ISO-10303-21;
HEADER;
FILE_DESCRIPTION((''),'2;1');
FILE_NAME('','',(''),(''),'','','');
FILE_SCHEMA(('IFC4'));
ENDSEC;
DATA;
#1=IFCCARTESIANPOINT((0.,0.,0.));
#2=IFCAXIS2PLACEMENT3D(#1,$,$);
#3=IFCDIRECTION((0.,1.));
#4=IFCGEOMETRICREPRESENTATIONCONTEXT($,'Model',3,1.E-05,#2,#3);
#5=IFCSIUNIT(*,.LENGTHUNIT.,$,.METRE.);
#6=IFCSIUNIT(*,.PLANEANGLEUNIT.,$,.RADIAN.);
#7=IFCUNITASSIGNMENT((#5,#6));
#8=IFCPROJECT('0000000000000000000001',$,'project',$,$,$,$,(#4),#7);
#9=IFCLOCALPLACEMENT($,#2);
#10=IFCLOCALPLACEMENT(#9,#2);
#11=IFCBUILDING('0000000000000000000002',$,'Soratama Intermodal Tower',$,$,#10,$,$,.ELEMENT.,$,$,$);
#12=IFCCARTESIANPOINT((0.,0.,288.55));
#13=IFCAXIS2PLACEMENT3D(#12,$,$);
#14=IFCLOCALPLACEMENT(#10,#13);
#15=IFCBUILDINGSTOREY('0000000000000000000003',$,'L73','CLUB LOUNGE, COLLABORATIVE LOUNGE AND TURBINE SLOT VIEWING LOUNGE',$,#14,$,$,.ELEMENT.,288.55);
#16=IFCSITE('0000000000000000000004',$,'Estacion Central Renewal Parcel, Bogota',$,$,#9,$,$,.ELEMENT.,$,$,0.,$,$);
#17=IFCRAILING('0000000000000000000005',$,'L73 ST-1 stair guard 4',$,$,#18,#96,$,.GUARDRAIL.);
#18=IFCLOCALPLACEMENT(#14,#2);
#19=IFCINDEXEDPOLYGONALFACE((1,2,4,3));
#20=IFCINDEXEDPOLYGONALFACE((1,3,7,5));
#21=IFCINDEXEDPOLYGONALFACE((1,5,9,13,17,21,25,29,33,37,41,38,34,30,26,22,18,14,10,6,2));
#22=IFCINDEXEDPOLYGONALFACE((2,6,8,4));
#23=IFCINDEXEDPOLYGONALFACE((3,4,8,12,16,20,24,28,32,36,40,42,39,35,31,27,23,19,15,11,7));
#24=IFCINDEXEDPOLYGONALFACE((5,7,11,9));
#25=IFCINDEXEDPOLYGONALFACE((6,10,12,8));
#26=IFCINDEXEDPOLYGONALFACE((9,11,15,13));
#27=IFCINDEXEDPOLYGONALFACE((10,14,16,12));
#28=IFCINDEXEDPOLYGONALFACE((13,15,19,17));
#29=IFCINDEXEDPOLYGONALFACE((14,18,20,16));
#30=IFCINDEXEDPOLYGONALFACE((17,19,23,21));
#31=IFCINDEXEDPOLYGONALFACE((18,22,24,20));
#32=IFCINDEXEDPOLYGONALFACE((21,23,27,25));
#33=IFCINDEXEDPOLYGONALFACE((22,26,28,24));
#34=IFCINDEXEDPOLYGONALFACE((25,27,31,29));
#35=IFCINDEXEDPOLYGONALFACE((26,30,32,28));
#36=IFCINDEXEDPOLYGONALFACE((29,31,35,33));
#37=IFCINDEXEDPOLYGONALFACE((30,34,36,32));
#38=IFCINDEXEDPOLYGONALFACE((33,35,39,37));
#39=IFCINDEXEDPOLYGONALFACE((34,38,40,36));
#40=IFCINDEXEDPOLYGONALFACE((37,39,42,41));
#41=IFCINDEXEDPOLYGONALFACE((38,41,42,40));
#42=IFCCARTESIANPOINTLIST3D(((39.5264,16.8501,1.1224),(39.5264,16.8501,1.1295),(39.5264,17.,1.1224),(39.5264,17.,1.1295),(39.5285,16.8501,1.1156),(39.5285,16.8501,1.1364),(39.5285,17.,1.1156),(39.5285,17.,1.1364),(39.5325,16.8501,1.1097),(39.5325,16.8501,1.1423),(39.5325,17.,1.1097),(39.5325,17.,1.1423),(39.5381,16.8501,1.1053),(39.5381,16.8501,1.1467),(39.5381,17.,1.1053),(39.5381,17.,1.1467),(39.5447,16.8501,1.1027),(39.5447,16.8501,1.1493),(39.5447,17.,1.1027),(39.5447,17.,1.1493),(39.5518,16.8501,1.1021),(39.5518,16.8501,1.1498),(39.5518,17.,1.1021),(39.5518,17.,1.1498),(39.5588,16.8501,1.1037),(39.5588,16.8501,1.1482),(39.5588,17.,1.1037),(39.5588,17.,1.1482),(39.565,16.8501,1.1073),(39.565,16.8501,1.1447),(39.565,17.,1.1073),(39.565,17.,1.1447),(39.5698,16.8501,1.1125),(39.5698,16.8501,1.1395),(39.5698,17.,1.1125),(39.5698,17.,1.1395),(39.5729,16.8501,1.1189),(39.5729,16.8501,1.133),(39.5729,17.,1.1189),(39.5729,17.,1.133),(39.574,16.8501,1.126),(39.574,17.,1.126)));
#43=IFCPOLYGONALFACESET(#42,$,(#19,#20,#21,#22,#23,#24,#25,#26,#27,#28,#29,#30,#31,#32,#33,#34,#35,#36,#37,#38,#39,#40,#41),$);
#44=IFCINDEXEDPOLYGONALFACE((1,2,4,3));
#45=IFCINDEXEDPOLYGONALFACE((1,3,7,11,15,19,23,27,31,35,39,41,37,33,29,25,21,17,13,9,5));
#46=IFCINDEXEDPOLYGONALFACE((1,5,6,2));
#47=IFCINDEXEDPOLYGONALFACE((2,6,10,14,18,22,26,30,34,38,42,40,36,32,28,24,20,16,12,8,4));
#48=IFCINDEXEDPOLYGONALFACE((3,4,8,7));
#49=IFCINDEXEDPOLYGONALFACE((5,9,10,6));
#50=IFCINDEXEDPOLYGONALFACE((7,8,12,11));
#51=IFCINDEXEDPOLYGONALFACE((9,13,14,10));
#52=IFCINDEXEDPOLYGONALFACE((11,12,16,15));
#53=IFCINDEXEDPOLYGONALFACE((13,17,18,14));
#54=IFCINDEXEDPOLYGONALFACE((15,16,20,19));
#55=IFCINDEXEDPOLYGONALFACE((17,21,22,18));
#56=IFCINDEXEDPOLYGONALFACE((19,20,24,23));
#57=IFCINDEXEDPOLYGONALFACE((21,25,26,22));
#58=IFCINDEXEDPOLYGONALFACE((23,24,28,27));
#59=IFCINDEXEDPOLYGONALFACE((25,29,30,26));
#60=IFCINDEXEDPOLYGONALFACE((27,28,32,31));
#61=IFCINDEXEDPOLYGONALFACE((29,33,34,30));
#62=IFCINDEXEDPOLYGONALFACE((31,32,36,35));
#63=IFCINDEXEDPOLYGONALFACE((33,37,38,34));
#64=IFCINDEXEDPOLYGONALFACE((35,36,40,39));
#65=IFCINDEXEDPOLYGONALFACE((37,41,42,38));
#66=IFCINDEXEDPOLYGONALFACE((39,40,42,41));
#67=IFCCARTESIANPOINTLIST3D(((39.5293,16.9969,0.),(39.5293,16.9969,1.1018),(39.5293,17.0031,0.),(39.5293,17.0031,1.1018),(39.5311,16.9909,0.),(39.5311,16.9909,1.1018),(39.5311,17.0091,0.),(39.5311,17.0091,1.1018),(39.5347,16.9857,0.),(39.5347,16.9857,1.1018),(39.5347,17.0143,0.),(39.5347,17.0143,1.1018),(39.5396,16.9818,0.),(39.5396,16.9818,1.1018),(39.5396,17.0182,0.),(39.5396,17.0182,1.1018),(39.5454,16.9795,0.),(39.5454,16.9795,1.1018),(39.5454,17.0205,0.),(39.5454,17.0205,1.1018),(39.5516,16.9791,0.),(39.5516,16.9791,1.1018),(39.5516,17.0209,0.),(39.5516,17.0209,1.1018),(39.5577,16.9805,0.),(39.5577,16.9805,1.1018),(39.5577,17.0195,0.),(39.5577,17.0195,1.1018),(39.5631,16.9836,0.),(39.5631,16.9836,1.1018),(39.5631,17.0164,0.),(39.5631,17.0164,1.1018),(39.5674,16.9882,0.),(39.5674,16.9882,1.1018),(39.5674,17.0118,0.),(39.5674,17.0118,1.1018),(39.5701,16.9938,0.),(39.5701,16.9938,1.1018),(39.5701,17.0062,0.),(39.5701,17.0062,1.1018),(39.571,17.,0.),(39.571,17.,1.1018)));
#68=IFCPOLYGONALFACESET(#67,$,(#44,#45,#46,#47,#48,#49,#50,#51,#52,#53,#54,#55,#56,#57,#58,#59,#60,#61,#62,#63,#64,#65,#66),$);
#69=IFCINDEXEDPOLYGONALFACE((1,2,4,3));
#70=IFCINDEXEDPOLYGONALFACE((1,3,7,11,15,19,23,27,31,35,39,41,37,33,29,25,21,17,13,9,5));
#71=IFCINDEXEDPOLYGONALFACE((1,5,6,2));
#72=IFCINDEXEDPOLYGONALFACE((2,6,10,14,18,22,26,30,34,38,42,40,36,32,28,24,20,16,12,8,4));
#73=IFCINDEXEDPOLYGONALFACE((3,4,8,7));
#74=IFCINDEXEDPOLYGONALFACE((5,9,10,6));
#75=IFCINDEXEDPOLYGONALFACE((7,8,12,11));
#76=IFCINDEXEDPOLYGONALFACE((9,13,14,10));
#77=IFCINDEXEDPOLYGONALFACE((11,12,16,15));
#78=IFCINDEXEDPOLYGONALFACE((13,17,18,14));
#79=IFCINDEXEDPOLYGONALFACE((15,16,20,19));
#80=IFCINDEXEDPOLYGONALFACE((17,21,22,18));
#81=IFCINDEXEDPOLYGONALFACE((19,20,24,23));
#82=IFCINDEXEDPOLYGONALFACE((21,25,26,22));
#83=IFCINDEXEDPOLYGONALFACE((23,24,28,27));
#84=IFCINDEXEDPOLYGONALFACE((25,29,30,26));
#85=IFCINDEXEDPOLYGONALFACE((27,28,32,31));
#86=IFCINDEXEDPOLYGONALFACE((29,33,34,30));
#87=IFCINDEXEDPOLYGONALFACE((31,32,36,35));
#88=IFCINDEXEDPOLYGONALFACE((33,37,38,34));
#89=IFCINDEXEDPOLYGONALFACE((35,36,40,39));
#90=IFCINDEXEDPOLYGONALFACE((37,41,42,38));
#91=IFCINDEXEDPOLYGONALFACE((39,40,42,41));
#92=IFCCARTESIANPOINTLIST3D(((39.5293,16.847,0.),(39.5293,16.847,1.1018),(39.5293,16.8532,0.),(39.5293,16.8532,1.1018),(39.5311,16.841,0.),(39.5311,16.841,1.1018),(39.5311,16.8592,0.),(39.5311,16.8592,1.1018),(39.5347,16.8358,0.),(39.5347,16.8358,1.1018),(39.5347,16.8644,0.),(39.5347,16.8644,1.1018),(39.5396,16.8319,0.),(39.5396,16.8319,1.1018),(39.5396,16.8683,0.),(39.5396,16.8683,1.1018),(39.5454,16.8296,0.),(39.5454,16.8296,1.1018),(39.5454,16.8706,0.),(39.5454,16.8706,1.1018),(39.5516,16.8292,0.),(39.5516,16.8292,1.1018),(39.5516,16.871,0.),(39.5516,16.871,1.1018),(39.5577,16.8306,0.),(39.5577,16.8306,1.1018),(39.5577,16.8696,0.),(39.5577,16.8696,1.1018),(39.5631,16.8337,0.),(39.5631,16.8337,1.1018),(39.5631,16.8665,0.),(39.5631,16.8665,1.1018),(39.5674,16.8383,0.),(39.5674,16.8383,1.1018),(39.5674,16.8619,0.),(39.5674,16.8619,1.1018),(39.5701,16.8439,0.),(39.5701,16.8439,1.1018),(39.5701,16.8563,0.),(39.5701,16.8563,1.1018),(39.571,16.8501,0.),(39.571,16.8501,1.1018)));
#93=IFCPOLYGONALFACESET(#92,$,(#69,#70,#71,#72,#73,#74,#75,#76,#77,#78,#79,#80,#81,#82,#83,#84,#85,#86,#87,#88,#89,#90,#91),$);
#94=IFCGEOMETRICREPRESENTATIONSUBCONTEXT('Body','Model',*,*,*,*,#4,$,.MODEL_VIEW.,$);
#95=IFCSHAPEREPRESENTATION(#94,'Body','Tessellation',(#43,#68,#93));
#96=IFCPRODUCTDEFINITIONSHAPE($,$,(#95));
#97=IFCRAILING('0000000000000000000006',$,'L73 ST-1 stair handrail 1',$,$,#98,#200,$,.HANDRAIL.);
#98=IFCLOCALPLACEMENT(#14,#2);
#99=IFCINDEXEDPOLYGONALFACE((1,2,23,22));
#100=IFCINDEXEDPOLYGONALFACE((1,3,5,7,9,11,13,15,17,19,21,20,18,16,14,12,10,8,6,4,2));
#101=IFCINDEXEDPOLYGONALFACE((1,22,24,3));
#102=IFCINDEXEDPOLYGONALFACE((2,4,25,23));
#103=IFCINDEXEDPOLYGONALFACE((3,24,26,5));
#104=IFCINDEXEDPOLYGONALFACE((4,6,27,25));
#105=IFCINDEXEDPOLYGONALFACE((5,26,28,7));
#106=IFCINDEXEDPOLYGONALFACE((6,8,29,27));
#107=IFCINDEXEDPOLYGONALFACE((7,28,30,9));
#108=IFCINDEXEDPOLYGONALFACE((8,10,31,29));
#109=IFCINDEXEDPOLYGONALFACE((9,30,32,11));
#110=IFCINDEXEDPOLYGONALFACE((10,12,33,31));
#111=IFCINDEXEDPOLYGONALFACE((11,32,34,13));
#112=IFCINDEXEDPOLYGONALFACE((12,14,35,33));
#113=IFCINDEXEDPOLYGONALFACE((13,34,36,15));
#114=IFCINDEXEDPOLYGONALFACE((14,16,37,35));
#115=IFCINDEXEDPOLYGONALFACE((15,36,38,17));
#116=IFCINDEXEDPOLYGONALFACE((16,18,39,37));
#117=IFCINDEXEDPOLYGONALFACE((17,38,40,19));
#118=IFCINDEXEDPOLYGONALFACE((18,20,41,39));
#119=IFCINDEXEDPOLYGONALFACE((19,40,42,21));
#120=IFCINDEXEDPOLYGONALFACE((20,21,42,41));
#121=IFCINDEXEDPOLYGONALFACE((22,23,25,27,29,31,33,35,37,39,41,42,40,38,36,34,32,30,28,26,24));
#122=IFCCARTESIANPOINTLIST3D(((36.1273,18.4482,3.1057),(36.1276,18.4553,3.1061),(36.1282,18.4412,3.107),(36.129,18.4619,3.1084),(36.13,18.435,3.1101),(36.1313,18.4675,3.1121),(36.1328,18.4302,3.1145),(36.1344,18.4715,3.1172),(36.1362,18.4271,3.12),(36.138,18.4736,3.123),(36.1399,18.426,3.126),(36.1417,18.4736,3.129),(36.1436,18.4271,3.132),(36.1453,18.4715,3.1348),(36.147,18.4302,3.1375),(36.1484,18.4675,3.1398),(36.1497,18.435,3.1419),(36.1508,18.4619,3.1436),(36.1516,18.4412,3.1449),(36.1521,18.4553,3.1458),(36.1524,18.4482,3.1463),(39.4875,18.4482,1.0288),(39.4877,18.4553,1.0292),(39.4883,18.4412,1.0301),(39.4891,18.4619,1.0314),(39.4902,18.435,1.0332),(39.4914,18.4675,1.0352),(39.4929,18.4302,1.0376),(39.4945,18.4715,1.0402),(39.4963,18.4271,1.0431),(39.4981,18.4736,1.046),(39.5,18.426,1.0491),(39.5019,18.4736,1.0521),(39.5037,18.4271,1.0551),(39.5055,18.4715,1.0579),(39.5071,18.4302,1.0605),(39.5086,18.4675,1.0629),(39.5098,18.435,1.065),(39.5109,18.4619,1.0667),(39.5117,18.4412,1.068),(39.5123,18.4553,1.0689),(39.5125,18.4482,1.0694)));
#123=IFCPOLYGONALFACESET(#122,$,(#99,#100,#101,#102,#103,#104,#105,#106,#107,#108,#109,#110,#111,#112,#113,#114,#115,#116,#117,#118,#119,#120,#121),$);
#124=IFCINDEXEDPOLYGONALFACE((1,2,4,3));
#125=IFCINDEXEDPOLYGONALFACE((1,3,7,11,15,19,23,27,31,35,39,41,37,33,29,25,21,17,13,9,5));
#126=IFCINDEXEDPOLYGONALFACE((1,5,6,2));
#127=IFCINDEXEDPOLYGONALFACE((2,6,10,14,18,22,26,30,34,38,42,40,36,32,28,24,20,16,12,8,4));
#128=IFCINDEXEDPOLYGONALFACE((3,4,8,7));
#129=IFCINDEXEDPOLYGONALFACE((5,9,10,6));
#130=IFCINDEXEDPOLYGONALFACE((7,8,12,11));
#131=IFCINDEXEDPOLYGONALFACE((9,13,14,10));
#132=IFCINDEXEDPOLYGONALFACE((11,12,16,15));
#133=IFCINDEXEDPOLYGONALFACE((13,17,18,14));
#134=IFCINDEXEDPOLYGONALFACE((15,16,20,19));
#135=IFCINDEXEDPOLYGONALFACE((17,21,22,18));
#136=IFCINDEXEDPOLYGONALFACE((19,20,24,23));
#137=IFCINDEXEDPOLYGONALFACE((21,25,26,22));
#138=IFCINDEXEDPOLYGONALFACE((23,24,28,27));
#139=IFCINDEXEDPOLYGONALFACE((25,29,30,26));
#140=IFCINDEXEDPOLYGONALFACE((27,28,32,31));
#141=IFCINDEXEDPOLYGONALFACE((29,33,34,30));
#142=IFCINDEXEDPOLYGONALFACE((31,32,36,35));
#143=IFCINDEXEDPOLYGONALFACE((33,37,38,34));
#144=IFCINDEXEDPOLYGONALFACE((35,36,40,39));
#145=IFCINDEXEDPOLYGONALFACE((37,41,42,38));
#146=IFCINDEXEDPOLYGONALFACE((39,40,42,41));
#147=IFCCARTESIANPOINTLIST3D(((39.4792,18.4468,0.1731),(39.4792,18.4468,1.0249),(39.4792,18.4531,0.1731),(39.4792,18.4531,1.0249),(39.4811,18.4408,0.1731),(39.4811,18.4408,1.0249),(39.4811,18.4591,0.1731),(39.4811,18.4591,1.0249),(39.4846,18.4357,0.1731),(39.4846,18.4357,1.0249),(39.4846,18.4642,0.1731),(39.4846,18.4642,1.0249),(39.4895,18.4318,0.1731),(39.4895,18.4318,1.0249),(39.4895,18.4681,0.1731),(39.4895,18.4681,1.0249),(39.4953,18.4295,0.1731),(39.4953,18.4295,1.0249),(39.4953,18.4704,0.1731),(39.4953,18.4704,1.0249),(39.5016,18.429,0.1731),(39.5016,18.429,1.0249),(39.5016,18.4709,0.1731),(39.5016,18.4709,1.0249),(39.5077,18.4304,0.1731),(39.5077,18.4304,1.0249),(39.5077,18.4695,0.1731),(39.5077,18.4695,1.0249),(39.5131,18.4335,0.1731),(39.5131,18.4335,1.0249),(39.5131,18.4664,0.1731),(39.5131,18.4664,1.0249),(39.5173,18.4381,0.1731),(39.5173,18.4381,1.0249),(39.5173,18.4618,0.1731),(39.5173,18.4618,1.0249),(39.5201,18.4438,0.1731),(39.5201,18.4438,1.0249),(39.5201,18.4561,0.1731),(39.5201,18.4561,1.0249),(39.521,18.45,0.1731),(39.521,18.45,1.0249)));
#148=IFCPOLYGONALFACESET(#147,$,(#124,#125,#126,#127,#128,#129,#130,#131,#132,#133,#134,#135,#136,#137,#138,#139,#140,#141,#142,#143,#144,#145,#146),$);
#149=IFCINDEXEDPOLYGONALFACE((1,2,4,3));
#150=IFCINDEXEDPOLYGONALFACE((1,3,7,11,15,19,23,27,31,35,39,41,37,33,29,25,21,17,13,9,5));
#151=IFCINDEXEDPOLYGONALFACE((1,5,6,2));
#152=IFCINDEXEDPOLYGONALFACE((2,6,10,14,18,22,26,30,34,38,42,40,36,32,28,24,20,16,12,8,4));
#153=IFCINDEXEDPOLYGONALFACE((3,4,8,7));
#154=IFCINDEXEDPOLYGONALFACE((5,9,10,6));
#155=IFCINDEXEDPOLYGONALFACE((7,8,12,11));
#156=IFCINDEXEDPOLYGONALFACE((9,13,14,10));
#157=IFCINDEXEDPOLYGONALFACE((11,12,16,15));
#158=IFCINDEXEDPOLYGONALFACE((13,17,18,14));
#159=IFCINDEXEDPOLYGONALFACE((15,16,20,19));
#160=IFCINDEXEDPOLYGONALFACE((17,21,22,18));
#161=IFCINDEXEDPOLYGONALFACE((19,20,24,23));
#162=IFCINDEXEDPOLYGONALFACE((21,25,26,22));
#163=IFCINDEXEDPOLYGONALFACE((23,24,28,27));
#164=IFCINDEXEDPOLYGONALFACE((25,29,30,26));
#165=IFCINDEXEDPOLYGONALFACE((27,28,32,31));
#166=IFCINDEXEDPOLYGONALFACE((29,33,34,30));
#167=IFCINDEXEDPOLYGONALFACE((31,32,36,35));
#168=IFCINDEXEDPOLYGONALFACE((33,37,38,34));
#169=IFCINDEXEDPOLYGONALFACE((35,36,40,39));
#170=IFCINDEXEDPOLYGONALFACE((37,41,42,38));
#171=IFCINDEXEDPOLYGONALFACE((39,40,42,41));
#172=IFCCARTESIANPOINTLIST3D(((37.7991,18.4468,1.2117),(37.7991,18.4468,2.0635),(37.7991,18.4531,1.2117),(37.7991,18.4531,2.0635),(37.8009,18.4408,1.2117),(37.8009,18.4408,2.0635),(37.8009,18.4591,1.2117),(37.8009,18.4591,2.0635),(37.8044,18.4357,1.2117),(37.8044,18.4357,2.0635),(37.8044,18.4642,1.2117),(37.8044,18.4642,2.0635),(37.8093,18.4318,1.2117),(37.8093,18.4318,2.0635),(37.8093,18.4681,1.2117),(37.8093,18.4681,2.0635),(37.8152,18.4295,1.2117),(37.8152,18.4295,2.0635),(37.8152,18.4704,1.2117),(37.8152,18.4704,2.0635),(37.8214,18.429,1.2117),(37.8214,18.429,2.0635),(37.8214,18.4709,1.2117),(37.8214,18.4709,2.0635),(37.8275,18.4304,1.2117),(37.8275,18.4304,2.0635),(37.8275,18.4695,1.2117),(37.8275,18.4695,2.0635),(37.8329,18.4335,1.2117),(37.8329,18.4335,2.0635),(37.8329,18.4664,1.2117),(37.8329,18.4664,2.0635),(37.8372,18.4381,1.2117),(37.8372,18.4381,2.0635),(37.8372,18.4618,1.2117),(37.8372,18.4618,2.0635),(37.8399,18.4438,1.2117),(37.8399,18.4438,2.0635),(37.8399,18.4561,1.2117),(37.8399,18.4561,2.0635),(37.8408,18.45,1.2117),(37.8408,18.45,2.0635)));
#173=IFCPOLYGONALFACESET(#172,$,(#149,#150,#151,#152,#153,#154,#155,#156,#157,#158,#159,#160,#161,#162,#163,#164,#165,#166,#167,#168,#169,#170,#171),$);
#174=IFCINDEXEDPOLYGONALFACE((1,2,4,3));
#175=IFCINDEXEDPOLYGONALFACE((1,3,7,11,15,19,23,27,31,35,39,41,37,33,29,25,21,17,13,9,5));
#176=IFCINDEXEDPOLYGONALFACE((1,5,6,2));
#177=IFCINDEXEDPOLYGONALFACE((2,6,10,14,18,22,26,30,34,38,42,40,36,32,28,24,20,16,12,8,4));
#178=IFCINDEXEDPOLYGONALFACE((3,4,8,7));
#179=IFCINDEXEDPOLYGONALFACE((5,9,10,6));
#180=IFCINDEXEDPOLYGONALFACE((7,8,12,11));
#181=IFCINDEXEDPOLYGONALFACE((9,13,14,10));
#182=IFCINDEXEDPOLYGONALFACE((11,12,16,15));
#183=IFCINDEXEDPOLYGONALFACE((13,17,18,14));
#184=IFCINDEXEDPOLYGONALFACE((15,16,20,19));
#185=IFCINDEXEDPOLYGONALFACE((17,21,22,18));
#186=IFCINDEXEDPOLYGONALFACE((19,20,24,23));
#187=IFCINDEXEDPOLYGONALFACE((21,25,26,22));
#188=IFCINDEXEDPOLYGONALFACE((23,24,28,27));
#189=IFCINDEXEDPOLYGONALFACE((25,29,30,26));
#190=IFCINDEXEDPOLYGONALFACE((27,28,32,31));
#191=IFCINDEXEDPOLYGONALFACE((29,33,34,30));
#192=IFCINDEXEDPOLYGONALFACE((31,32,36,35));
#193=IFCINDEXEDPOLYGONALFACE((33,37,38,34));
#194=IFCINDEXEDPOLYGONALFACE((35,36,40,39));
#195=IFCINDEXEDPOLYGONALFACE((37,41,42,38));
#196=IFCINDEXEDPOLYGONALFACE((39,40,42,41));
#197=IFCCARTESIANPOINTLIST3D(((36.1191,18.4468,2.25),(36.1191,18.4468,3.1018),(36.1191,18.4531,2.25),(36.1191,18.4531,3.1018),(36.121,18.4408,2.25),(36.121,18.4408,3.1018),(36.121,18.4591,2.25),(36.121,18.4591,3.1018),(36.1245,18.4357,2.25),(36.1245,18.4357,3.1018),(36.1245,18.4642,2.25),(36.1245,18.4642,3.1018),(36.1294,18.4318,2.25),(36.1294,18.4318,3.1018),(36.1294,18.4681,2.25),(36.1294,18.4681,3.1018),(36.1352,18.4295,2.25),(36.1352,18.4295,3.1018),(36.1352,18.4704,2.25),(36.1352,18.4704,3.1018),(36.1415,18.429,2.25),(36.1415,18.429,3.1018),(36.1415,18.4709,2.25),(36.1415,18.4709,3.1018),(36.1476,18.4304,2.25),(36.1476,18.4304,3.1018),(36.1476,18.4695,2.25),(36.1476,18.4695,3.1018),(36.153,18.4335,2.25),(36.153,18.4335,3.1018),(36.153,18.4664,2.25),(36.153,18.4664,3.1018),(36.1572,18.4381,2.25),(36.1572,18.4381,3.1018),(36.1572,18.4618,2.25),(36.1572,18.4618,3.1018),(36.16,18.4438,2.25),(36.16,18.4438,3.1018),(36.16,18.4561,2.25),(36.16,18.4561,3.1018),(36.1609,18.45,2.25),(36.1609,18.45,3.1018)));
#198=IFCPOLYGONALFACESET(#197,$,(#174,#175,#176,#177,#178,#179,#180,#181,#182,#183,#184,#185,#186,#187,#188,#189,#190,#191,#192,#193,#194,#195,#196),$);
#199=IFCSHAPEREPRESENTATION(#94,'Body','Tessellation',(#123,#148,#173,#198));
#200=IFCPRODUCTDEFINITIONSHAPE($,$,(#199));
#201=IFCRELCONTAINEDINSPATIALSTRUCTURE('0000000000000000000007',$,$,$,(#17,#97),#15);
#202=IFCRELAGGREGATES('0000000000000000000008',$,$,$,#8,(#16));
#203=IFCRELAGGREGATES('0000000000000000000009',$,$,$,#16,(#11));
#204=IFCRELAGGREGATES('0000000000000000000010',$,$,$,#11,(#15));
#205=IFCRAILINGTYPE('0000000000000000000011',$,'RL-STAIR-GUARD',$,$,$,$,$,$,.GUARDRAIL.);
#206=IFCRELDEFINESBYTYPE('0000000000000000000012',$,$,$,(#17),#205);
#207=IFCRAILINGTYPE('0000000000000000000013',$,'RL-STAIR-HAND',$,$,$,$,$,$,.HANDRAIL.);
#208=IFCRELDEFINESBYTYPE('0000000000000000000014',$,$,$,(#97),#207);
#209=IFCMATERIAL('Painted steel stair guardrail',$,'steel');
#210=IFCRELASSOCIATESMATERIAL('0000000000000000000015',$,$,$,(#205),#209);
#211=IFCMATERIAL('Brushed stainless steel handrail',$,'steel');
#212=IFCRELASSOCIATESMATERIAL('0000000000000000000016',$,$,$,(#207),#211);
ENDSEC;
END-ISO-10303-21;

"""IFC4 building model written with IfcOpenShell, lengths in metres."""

from ifc_helpers import new_model, si_unit, direction, frame, origin, origin_2d, place, context, subcontext, project, spatial, circle, extrude, material, type_object, element, save


model = new_model("IFC4")

# Units and contexts
model_context = context("Model", 3, precision=1e-05, world=origin(), true_north=direction((0.0, 1.0)))
body_context = subcontext(model_context, "Body", "Model", "MODEL_VIEW")
ifc_project = project(units=[si_unit("LENGTHUNIT", "METRE"), si_unit("PLANEANGLEUNIT", "RADIAN")], contexts=[model_context])

# Site, building, storey
site_placement = place(None, origin())
site = spatial("IfcSite", under=ifc_project, at=site_placement, Name="Estacion Central Renewal Parcel, Bogota", CompositionType="ELEMENT", RefElevation=0.0)
building_placement = place(site_placement, origin())
building = spatial("IfcBuilding", under=site, at=building_placement, Name="Soratama Intermodal Tower", CompositionType="ELEMENT")
storey_placement = place(building_placement, frame((0.0, 0.0, 288.55)))
storey = spatial("IfcBuildingStorey", under=building, at=storey_placement, Name="L73", Description="CLUB LOUNGE, COLLABORATIVE LOUNGE AND TURBINE SLOT VIEWING LOUNGE", CompositionType="ELEMENT", Elevation=288.55)

# Railings
ifc_material_1 = material(Name="Painted steel stair guardrail", Category="steel")
railing_type_1 = type_object("IfcRailingType", Name="RL-STAIR-GUARD", PredefinedType="GUARDRAIL", material=ifc_material_1)
railing_1_placement = place(storey_placement, frame((39.55, 17.0, 0.0)))
element("IfcRailing", 1, at=railing_1_placement, inside=storey, type_object=railing_type_1, Name="L73 ST-1 stair guard 4", PredefinedType="GUARDRAIL", context=body_context, shape_type="SweptSolid", body=[
    extrude(circle(Radius=0.0239, at=origin_2d()), frame((0.0, 0.0, 1.126), z_axis=(0.0, -1.0, 0.0), x_axis=(1.0, 0.0, 0.0)), (0.0, 0.0, 1.0), 0.1499),
    extrude(circle(Radius=0.021, at=origin_2d()), origin(), (0.0, 0.0, 1.0), 1.1018),
    extrude(circle(Radius=0.021, at=origin_2d()), frame((0.0, -0.1499, 0.0)), (0.0, 0.0, 1.0), 1.1018),
])
ifc_material_2 = material(Name="Brushed stainless steel handrail", Category="steel")
railing_type_2 = type_object("IfcRailingType", Name="RL-STAIR-HAND", PredefinedType="HANDRAIL", material=ifc_material_2)
railing_2_placement = place(storey_placement, frame((39.5, 18.45, 0.1731)))
element("IfcRailing", 2, at=railing_2_placement, inside=storey, type_object=railing_type_2, Name="L73 ST-1 stair handrail 1", PredefinedType="HANDRAIL", context=body_context, shape_type="SweptSolid", body=[
    extrude(circle(Radius=0.0239, at=origin_2d()), frame((0.0, 0.0, 0.876), z_axis=(-0.850623, 0.0, 0.525776), x_axis=(0.0, -1.0, 0.0)), (0.0, 0.0, 1.0), 3.9502),
    extrude(circle(Radius=0.021, at=origin_2d()), origin(), (0.0, 0.0, 1.0), 0.8518),
    extrude(circle(Radius=0.021, at=origin_2d()), frame((-1.6802, 0.0, 1.0386)), (0.0, 0.0, 1.0), 0.8518),
    extrude(circle(Radius=0.021, at=origin_2d()), frame((-3.3601, 0.0, 2.0769)), (0.0, 0.0, 1.0), 0.8518),
])

save(model, "model.ifc")
